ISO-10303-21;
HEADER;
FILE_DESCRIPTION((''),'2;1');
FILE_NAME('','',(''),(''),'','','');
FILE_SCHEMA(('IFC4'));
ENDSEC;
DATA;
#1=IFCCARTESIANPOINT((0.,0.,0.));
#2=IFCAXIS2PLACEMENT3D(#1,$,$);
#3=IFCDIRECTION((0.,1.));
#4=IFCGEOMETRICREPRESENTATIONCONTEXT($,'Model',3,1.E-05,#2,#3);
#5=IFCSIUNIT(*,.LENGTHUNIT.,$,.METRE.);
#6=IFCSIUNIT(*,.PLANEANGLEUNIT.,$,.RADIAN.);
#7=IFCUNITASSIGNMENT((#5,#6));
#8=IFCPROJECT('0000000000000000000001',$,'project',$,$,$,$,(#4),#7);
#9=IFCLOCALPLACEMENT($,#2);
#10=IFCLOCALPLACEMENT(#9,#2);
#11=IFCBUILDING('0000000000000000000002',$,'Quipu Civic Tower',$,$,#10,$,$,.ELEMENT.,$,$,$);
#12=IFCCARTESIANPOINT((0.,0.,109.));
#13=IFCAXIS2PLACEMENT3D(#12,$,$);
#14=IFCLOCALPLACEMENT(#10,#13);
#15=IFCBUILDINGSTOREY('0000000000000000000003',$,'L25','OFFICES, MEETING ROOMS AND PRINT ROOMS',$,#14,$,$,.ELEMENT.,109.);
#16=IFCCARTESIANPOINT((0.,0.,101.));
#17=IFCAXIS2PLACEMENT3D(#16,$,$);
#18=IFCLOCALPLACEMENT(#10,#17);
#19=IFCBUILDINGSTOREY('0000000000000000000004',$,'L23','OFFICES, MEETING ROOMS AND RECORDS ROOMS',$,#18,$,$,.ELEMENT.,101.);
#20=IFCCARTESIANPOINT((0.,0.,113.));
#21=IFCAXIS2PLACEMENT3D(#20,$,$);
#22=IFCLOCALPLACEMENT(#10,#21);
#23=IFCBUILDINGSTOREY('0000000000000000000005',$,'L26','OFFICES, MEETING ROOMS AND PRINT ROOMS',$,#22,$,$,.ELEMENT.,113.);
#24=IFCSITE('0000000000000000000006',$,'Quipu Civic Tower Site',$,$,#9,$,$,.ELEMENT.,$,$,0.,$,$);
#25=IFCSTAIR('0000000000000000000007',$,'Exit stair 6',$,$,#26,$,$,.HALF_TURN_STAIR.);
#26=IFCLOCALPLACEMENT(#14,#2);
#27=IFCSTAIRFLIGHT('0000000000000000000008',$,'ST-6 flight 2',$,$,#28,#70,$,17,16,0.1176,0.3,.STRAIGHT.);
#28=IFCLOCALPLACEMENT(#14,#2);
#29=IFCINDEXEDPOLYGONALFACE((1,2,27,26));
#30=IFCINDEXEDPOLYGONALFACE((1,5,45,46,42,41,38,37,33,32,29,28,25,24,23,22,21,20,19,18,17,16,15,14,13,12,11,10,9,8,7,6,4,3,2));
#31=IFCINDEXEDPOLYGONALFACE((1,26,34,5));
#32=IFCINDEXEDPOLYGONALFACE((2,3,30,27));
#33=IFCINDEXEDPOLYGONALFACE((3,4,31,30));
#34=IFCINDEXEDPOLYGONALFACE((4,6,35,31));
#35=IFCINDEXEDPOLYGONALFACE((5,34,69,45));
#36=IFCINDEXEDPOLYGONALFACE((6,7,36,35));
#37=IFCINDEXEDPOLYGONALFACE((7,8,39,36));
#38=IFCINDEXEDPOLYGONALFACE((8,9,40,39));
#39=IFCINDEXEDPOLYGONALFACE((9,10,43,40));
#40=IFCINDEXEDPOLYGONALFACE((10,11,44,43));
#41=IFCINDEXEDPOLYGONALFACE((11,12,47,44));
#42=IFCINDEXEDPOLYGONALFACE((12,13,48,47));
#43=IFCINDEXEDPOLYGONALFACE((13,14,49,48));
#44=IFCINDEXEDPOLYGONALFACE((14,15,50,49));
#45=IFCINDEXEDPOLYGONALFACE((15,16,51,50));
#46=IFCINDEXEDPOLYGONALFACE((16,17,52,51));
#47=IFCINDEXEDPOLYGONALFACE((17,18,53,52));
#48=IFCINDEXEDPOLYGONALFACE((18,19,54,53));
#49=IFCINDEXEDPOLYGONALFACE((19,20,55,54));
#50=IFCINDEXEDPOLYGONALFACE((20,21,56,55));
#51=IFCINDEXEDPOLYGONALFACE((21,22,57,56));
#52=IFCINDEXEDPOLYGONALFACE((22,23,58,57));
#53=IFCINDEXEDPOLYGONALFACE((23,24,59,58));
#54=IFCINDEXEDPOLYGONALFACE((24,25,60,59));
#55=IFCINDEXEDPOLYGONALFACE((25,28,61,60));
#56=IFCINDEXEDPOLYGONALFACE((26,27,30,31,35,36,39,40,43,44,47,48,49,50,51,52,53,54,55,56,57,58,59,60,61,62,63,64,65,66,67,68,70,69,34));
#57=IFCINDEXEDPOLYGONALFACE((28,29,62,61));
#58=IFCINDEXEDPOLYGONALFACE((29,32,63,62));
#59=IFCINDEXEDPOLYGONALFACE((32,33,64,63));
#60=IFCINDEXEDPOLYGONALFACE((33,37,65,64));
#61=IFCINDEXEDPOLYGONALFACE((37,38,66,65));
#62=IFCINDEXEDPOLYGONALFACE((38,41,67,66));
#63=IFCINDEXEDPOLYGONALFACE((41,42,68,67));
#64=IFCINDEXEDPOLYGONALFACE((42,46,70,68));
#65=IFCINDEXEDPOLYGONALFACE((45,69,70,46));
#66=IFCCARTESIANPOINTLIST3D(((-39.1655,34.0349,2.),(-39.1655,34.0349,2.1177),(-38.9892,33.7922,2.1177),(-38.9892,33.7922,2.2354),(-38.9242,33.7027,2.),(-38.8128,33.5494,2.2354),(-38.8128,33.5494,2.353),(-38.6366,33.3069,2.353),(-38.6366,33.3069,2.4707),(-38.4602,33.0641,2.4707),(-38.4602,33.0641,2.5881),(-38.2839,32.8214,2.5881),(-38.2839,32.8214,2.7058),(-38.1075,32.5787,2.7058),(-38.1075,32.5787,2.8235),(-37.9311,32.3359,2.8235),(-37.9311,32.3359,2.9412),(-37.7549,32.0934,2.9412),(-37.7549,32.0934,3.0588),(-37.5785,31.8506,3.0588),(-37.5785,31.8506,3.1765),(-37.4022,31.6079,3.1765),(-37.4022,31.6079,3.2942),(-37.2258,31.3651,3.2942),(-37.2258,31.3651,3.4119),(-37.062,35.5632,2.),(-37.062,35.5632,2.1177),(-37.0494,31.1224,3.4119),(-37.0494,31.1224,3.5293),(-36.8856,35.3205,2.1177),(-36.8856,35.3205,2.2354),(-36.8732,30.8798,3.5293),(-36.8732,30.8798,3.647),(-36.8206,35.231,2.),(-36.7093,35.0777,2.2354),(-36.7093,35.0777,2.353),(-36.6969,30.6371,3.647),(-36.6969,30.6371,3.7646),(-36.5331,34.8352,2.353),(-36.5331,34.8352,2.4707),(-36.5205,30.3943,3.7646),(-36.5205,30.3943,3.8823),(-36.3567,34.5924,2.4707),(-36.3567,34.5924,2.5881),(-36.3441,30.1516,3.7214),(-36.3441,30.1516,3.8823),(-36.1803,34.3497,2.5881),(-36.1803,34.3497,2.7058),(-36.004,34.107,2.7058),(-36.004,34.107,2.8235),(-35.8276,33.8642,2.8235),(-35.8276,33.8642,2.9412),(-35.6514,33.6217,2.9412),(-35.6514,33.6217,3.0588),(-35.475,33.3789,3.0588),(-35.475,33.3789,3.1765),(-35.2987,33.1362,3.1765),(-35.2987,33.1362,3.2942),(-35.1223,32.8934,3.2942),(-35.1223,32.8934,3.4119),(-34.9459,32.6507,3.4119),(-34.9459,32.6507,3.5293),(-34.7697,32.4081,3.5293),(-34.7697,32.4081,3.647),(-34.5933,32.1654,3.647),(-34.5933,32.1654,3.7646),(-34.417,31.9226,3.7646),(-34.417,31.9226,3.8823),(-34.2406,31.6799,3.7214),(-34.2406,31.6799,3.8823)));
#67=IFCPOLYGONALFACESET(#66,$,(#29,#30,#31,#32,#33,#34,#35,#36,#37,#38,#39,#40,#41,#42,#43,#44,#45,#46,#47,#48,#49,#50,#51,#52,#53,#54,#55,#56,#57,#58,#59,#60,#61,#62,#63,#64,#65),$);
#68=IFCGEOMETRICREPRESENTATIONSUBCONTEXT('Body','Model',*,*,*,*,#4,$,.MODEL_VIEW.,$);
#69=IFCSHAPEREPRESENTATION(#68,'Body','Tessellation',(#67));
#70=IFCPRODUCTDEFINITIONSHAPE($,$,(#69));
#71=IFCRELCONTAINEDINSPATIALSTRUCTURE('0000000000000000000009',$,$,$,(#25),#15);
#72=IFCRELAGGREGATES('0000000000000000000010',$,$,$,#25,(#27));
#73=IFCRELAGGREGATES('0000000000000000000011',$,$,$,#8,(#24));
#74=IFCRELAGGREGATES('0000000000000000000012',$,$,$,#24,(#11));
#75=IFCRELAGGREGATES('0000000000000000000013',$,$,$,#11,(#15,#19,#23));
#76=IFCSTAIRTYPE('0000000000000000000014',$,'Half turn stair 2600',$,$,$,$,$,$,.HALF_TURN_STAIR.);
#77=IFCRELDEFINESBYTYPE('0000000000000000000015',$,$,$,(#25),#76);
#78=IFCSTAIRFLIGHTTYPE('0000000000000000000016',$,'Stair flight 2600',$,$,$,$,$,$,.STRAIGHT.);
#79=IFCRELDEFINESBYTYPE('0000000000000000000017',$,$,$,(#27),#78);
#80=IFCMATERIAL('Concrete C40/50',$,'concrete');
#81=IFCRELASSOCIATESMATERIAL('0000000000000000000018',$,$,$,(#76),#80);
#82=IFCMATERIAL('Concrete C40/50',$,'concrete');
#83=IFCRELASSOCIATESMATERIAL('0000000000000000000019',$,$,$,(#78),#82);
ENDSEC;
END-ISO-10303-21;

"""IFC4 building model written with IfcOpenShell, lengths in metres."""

from ifc_helpers import new_model, si_unit, direction, frame, origin, place, context, subcontext, project, spatial, polyline, outline, extrude, material, type_object, element, aggregate, save


model = new_model("IFC4")

# Units and contexts
model_context = context("Model", 3, precision=1e-05, world=origin(), true_north=direction((0.0, 1.0)))
body_context = subcontext(model_context, "Body", "Model", "MODEL_VIEW")
ifc_project = project(units=[si_unit("LENGTHUNIT", "METRE"), si_unit("PLANEANGLEUNIT", "RADIAN")], contexts=[model_context])

# Site, building, storey
site_placement = place(None, origin())
site = spatial("IfcSite", under=ifc_project, at=site_placement, Name="Quipu Civic Tower Site", CompositionType="ELEMENT", RefElevation=0.0)
building_placement = place(site_placement, origin())
building = spatial("IfcBuilding", under=site, at=building_placement, Name="Quipu Civic Tower", CompositionType="ELEMENT")
storey_1_placement = place(building_placement, frame((0.0, 0.0, 109.0)))
storey_1 = spatial("IfcBuildingStorey", under=building, at=storey_1_placement, Name="L25", Description="OFFICES, MEETING ROOMS AND PRINT ROOMS", CompositionType="ELEMENT", Elevation=109.0)

# Shared definitions
storey_2_placement = place(building_placement, frame((0.0, 0.0, 101.0)))
storey_2 = spatial("IfcBuildingStorey", under=building, at=storey_2_placement, Name="L23", Description="OFFICES, MEETING ROOMS AND RECORDS ROOMS", CompositionType="ELEMENT", Elevation=101.0)

# Shared definitions
storey_3_placement = place(building_placement, frame((0.0, 0.0, 113.0)))
storey_3 = spatial("IfcBuildingStorey", under=building, at=storey_3_placement, Name="L26", Description="OFFICES, MEETING ROOMS AND PRINT ROOMS", CompositionType="ELEMENT", Elevation=113.0)

# Stair, stair flight
ifc_material_1 = material(Name="Concrete C40/50", Category="concrete")
stair_type = type_object("IfcStairType", Name="Half turn stair 2600", PredefinedType="HALF_TURN_STAIR", material=ifc_material_1)
stair_placement = place(storey_1_placement, origin())
stair = element("IfcStair", 1, at=stair_placement, inside=storey_1, type_object=stair_type, Name="Exit stair 6", PredefinedType="HALF_TURN_STAIR")
ifc_material_2 = material(Name="Concrete C40/50", Category="concrete")
stair_flight_type = type_object("IfcStairFlightType", Name="Stair flight 2600", PredefinedType="STRAIGHT", material=ifc_material_2)
stair_flight_1_placement = place(storey_1_placement, frame((-38.1138, 34.7991, 2.0), z_axis=(0.0, 0.0, 1.0), x_axis=(0.587785, -0.809017, 0.0)))
stair_flight_1 = element("IfcStairFlight", 2, at=stair_flight_1_placement, type_object=stair_flight_type, Name="ST-6 flight 2", NumberOfRisers=17, NumberOfTreads=16, PredefinedType="STRAIGHT", RiserHeight=0.1176, TreadLength=0.3, context=body_context, shape_type="SweptSolid", body=[
    extrude(outline(polyline([(0.0, 0.0), (0.0, 0.1177), (0.3, 0.1177), (0.3, 0.2354), (0.6001, 0.2354), (0.6001, 0.353), (0.8999, 0.353), (0.8999, 0.4707), (1.2, 0.4707), (1.2, 0.5881), (1.5, 0.5881), (1.5, 0.7058), (1.8, 0.7058), (1.8, 0.8235), (2.1001, 0.8235), (2.1001, 0.9412), (2.3999, 0.9412), (2.3999, 1.0588), (2.7, 1.0588), (2.7, 1.1765), (3.0, 1.1765), (3.0, 1.2942), (3.3, 1.2942), (3.3, 1.4119), (3.6001, 1.4119), (3.6001, 1.5293), (3.8999, 1.5293), (3.8999, 1.647), (4.2, 1.647), (4.2, 1.7646), (4.5, 1.7646), (4.5, 1.8823), (4.8, 1.8823), (4.8, 2.0), (4.8, 1.7214), (0.4106, 0.0), (0.0, 0.0)])), frame((0.0, 1.3, 0.0), z_axis=(0.0, -1.0, 0.0), x_axis=(1.0, 0.0, 0.0)), (0.0, 0.0, 1.0), 2.6001),
])
aggregate(stair, [stair_flight_1])

save(model, "model.ifc")
